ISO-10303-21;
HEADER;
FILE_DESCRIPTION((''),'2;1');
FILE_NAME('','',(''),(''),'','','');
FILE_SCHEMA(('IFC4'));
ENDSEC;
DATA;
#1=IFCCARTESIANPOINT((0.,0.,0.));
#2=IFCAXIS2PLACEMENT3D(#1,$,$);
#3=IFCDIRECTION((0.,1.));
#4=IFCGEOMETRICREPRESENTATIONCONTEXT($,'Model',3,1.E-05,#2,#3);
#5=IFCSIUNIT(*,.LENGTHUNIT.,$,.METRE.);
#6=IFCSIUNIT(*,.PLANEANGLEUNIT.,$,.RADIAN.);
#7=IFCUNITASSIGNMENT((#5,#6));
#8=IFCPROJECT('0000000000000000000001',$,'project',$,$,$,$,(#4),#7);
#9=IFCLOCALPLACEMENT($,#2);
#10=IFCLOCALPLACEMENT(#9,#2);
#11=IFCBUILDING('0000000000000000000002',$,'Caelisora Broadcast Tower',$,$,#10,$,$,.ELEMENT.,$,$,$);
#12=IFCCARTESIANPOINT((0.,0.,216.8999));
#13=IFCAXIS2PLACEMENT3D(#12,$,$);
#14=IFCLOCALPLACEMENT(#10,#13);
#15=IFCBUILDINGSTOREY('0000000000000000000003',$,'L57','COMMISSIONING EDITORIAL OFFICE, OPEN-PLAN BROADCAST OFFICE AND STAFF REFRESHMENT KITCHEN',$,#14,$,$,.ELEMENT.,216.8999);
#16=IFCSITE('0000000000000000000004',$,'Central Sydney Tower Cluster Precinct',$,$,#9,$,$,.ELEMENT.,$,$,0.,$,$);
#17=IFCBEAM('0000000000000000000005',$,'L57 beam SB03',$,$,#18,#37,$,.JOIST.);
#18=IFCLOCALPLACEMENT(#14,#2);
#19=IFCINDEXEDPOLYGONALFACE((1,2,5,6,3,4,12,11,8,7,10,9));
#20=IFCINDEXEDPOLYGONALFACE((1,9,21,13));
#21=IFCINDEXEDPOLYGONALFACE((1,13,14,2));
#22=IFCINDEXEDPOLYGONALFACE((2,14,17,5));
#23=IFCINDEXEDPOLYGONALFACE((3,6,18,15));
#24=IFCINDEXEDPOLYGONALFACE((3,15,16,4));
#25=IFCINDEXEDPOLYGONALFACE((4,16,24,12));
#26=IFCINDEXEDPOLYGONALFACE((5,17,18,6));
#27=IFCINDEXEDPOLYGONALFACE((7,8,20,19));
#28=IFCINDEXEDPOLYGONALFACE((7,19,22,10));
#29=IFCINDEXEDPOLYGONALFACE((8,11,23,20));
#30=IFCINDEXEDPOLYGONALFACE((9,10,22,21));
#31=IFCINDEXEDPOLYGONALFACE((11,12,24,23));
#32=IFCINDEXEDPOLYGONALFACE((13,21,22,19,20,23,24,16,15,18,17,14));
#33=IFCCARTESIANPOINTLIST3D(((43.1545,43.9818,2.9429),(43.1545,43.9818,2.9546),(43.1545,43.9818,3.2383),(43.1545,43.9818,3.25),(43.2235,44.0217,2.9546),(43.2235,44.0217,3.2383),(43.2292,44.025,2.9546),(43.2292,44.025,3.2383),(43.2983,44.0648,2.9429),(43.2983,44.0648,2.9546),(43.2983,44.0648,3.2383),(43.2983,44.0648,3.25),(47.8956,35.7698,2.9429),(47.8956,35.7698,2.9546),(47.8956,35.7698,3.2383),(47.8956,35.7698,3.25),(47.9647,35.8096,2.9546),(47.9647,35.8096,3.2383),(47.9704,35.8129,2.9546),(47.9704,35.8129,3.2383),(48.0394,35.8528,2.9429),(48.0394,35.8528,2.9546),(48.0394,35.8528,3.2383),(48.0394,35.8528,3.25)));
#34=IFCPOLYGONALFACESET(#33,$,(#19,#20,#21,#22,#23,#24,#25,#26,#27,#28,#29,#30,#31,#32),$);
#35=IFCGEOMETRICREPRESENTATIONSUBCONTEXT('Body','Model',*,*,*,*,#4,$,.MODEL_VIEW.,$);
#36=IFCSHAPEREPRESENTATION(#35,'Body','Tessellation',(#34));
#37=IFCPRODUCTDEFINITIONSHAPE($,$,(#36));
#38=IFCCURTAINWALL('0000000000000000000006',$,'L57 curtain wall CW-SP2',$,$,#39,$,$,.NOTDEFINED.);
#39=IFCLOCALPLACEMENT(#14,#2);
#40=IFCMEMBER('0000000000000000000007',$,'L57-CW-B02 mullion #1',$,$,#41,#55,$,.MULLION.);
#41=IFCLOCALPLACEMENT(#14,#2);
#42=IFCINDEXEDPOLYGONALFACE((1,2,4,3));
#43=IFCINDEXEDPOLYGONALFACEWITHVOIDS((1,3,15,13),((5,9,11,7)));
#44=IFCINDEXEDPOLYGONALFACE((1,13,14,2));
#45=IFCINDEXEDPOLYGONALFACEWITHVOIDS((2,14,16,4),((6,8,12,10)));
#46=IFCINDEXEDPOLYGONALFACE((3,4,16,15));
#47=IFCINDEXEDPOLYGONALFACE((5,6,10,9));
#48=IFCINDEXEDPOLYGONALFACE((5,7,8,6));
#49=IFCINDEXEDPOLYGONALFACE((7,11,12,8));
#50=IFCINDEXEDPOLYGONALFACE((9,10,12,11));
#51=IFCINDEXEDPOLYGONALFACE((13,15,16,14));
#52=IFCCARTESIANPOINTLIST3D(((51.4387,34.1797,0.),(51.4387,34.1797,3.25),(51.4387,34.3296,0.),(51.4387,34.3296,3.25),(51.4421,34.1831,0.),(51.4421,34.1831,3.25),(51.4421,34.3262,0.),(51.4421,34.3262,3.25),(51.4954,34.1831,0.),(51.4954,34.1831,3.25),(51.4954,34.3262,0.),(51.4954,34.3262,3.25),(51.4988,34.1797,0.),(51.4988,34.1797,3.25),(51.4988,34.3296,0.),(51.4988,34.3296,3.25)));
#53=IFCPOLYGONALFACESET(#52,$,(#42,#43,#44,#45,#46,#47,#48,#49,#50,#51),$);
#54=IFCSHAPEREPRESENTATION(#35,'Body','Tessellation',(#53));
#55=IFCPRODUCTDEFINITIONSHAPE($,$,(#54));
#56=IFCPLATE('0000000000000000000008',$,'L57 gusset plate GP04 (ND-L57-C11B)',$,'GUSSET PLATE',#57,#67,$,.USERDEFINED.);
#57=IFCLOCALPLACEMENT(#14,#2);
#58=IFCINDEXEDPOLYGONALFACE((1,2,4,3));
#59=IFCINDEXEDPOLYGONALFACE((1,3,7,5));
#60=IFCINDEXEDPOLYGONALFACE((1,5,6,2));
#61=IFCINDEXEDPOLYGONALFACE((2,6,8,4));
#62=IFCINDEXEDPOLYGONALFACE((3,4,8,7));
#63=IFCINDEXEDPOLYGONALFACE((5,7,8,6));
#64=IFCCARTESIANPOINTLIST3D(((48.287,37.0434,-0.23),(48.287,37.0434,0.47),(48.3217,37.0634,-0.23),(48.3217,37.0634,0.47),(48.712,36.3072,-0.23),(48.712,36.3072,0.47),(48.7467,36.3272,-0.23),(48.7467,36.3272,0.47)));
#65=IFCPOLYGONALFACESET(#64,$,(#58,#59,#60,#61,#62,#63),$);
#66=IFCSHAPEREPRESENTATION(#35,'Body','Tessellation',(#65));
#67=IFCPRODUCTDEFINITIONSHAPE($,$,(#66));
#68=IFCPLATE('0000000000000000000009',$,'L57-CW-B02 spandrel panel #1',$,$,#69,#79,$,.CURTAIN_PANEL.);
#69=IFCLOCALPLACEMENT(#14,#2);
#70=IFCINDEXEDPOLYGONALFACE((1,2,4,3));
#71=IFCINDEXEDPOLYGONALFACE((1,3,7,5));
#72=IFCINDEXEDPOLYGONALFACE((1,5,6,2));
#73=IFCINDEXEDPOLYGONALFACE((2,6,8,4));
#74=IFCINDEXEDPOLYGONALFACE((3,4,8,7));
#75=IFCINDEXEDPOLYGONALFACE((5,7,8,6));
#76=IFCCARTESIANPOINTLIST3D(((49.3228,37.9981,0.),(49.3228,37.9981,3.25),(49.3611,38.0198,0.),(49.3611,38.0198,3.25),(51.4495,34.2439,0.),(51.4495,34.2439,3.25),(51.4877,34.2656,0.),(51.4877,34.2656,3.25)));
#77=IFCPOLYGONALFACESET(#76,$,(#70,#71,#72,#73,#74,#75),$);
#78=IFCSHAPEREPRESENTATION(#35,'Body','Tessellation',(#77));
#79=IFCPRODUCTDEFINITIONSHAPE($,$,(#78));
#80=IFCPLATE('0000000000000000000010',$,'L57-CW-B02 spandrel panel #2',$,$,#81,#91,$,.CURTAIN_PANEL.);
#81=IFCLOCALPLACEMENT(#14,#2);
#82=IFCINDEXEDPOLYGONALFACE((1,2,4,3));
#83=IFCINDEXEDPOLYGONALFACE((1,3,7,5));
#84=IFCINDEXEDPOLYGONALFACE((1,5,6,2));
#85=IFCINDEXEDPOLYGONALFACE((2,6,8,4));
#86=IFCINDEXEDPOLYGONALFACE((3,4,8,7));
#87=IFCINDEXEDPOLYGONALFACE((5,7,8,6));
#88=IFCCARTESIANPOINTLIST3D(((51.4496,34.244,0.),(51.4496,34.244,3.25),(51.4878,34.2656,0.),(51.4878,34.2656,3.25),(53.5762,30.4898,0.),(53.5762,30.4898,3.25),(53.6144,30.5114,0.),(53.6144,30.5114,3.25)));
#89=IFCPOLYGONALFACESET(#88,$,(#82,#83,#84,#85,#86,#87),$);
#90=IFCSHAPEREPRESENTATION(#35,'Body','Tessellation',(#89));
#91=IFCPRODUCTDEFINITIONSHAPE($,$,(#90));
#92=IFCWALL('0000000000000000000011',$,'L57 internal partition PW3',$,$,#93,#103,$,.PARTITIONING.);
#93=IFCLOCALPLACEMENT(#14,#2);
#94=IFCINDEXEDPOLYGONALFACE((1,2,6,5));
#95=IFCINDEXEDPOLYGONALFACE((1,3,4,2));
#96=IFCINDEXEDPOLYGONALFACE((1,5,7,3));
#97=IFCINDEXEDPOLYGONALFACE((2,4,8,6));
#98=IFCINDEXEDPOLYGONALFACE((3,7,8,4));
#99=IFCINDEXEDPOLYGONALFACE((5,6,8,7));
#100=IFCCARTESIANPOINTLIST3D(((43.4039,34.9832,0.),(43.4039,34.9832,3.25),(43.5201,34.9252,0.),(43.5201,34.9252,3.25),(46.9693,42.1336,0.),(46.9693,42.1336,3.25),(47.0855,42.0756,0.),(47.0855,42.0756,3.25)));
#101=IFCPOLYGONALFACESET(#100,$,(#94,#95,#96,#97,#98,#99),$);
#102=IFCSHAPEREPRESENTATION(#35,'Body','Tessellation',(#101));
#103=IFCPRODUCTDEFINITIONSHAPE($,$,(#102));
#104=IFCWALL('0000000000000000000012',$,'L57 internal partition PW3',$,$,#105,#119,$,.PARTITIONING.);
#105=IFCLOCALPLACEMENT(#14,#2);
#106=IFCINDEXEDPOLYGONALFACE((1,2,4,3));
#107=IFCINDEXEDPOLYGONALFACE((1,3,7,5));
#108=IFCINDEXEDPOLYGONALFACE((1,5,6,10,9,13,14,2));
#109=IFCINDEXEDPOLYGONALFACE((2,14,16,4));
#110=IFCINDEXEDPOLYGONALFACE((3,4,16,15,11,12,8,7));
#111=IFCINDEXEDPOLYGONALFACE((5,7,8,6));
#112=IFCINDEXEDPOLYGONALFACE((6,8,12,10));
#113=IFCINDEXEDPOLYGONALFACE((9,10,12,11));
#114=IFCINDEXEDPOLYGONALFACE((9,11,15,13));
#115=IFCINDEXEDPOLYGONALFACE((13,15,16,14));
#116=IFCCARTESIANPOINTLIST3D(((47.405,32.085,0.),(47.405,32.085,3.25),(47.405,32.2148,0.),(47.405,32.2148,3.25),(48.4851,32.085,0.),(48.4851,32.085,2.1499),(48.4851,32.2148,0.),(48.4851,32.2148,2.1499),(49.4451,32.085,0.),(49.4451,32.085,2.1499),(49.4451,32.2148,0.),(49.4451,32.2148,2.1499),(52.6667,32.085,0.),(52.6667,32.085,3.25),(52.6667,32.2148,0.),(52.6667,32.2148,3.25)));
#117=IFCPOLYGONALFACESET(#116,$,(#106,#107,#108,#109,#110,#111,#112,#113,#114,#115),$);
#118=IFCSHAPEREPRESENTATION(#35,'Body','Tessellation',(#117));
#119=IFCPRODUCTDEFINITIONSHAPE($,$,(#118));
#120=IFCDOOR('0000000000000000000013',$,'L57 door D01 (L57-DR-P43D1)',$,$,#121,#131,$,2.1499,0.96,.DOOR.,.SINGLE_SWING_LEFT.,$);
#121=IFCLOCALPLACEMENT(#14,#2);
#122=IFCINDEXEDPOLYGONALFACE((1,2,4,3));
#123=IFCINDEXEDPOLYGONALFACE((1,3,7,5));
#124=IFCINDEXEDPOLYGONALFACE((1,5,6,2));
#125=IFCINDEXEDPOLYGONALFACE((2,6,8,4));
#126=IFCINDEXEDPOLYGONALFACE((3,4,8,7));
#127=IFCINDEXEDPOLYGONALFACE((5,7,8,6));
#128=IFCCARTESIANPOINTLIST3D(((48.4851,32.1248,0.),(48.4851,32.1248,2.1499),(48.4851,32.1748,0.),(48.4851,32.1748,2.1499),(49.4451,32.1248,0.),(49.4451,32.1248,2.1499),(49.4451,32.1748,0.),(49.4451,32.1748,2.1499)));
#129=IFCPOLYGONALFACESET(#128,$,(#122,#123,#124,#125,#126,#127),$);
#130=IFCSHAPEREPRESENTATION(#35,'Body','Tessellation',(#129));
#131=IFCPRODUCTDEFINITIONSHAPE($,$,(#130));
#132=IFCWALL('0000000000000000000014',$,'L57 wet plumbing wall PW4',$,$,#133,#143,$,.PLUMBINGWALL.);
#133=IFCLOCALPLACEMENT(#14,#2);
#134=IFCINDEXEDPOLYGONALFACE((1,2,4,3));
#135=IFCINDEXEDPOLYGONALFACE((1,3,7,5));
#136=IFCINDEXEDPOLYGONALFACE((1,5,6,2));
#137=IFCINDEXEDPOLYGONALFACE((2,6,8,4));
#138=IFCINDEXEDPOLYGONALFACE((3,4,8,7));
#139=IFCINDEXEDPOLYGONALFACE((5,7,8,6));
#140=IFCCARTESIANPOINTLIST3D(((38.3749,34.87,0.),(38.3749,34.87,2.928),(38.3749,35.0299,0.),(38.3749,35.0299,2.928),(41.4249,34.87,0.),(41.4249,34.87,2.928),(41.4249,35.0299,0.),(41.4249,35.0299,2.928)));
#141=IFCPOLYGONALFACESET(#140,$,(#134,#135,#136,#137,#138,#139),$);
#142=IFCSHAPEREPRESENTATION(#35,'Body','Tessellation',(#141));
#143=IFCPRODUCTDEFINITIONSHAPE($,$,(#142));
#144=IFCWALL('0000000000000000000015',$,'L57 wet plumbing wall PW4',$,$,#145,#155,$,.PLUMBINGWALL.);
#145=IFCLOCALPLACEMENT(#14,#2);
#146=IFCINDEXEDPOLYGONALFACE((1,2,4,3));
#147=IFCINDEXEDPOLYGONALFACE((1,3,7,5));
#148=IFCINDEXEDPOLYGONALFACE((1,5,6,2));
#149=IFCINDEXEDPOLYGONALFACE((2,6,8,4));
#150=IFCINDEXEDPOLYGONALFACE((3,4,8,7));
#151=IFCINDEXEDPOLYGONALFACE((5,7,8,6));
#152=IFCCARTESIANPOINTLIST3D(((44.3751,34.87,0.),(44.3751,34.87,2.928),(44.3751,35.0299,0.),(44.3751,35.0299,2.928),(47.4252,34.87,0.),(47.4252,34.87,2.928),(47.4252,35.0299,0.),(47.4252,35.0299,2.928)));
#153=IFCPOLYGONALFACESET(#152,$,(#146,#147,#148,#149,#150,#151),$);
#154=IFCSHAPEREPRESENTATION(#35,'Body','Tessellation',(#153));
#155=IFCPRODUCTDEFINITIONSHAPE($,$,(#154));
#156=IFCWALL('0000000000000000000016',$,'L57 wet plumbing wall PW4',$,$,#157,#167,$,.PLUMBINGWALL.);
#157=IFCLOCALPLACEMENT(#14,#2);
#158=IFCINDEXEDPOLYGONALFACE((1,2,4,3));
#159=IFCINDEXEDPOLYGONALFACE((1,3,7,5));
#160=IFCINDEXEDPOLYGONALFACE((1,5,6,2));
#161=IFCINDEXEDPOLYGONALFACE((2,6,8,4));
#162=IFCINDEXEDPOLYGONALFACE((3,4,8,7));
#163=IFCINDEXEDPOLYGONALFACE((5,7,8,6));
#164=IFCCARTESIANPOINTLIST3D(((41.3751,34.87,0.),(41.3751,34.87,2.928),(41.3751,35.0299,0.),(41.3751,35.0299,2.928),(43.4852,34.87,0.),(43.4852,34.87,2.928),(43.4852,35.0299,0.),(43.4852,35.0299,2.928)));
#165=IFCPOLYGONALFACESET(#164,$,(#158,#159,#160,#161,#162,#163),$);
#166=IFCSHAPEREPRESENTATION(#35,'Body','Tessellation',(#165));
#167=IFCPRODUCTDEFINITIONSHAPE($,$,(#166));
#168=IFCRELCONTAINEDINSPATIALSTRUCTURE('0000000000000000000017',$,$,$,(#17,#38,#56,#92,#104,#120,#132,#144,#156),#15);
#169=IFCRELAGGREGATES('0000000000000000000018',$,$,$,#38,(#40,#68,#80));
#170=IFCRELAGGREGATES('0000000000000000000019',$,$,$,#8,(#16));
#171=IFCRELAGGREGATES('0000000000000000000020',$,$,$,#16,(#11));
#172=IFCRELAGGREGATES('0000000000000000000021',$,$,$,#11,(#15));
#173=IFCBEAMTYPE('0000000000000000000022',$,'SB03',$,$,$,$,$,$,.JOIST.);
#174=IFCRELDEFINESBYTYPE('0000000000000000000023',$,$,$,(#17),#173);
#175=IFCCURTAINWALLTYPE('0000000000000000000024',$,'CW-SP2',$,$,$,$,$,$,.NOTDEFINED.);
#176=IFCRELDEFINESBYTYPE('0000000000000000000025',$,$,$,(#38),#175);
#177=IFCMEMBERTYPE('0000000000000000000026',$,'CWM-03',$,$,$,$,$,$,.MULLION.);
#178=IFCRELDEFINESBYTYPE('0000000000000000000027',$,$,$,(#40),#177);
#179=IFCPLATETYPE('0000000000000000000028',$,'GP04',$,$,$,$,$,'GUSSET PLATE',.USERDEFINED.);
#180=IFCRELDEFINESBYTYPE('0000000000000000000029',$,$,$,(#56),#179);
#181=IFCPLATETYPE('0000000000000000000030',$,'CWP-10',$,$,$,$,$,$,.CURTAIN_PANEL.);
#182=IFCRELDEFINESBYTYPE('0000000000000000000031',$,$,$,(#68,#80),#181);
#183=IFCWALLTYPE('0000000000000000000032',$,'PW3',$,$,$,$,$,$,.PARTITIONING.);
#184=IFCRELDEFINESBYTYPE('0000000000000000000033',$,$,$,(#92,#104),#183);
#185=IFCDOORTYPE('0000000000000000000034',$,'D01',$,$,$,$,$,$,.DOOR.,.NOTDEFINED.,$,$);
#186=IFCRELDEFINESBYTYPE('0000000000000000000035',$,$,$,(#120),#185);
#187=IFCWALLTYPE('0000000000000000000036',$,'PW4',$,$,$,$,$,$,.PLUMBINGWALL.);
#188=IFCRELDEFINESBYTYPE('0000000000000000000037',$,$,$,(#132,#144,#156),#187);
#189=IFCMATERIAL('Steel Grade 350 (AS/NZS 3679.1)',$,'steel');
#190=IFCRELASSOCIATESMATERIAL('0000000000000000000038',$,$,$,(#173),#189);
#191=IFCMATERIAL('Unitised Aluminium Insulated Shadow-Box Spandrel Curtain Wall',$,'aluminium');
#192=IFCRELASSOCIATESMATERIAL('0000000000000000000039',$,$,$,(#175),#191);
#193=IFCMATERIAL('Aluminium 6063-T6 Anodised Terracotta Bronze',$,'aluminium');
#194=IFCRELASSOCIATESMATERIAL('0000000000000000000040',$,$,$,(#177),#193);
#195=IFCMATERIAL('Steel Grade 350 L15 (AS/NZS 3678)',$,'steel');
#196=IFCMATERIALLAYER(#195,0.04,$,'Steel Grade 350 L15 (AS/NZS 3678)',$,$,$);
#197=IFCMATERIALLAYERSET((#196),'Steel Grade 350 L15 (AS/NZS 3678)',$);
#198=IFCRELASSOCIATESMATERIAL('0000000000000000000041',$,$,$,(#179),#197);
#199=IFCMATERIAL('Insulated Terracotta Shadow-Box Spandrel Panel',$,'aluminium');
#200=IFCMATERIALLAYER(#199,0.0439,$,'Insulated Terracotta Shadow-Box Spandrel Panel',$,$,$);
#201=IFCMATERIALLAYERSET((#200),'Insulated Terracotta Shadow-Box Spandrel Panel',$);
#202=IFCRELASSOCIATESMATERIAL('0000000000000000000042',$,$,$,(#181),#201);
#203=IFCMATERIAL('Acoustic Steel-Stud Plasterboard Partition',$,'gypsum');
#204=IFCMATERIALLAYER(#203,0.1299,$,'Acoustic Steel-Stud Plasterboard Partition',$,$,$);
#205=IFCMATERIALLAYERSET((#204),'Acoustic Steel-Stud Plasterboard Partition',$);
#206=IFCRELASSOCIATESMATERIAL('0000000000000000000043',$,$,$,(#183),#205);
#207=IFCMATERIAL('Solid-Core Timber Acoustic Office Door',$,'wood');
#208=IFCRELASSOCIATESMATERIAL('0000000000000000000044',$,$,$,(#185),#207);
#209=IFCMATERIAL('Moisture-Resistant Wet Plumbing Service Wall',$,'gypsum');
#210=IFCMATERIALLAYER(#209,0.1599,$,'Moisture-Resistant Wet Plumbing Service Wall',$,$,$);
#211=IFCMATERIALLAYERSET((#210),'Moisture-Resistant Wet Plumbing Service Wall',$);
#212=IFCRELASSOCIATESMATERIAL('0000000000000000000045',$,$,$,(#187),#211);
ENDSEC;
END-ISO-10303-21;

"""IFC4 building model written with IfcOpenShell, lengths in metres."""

from ifc_helpers import new_model, si_unit, direction, frame, frame_2d, origin, origin_2d, place, context, subcontext, project, spatial, rectangle, hollow_rectangle, i_section, extrude, source, transform, mapped, material, layer, layer_set, material_profile, profile_set, type_object, type_shapes, element, fill, aggregate, save


model = new_model("IFC4")

# Units and contexts
model_context = context("Model", 3, precision=1e-05, world=origin(), true_north=direction((0.0, 1.0)))
body_context = subcontext(model_context, "Body", "Model", "MODEL_VIEW")
ifc_project = project(units=[si_unit("LENGTHUNIT", "METRE"), si_unit("PLANEANGLEUNIT", "RADIAN")], contexts=[model_context])

# Site, building, storey
site_placement = place(None, origin())
site = spatial("IfcSite", under=ifc_project, at=site_placement, Name="Central Sydney Tower Cluster Precinct", CompositionType="ELEMENT", RefElevation=0.0)
building_placement = place(site_placement, origin())
building = spatial("IfcBuilding", under=site, at=building_placement, Name="Caelisora Broadcast Tower", CompositionType="ELEMENT")
storey_placement = place(building_placement, frame((0.0, 0.0, 216.8999)))
storey = spatial("IfcBuildingStorey", under=building, at=storey_placement, Name="L57", Description="COMMISSIONING EDITORIAL OFFICE, OPEN-PLAN BROADCAST OFFICE AND STAFF REFRESHMENT KITCHEN", CompositionType="ELEMENT", Elevation=216.8999)

# Shared definitions
ifc_material_1 = material(Name="Steel Grade 350 L15 (AS/NZS 3678)", Category="steel")

# Beam
ifc_material_2 = material(Name="Steel Grade 350 (AS/NZS 3679.1)", Category="steel")
ifc_material_profile_1 = material_profile(ifc_material_2, i_section(OverallWidth=0.166, OverallDepth=0.3071, WebThickness=0.0066, FlangeThickness=0.0117, at=origin_2d()), Name="Steel Grade 350 (AS/NZS 3679.1)")
ifc_profile_set_1 = profile_set([ifc_material_profile_1], Name="Steel Grade 350 (AS/NZS 3679.1)")
beam_type_1 = type_object("IfcBeamType", Name="SB03", PredefinedType="JOIST", material=ifc_profile_set_1)
shared_shape_1 = source(origin(), body_context, "Body", "SweptSolid", [
    extrude(i_section(OverallWidth=0.166, OverallDepth=0.3071, WebThickness=0.0066, FlangeThickness=0.0117, at=origin_2d()), origin(), (0.0, 0.0, 1.0), 9.4824),
])
beam_1_placement = place(storey_placement, frame((47.9675, 35.8113, 3.0964), z_axis=(-0.499994, 0.866029, 0.0), x_axis=(-0.866029, -0.499994, 0.0)))
element("IfcBeam", 1, at=beam_1_placement, inside=storey, type_object=beam_type_1, Name="L57 beam SB03", PredefinedType="JOIST", context=body_context, shape_type="MappedRepresentation", body=[
    mapped(shared_shape_1, transform((0.0, 0.0, 0.0), scale=1.0)),
])

# Curtain wall, member
ifc_material_3 = material(Name="Unitised Aluminium Insulated Shadow-Box Spandrel Curtain Wall", Category="aluminium")
curtain_wall_type = type_object("IfcCurtainWallType", Name="CW-SP2", PredefinedType="NOTDEFINED", material=ifc_material_3)
curtain_wall_placement = place(storey_placement, origin())
curtain_wall = element("IfcCurtainWall", 2, at=curtain_wall_placement, inside=storey, type_object=curtain_wall_type, Name="L57 curtain wall CW-SP2", PredefinedType="NOTDEFINED")
ifc_material_4 = material(Name="Aluminium 6063-T6 Anodised Terracotta Bronze", Category="aluminium")
ifc_material_profile_2 = material_profile(ifc_material_4, hollow_rectangle(XDim=0.0601, YDim=0.1499, WallThickness=0.0034, at=origin_2d()), Name="Aluminium 6063-T6 Anodised Terracotta Bronze")
ifc_profile_set_2 = profile_set([ifc_material_profile_2], Name="Aluminium 6063-T6 Anodised Terracotta Bronze")
member_type = type_object("IfcMemberType", Name="CWM-03", PredefinedType="MULLION", material=ifc_profile_set_2)
shared_shape_2 = source(origin(), body_context, "Body", "SweptSolid", [
    extrude(hollow_rectangle(XDim=0.0601, YDim=0.1499, WallThickness=0.0034, at=origin_2d()), origin(), (0.0, 0.0, 1.0), 3.25),
])
type_shapes(member_type, [shared_shape_2])
member_placement = place(storey_placement, frame((51.4688, 34.2546, 0.0), z_axis=(0.0, 0.0, 1.0), x_axis=(1.0, 0.0, 0.0)))
member = element("IfcMember", 3, at=member_placement, type_object=member_type, Name="L57-CW-B02 mullion #1", PredefinedType="MULLION", context=body_context, shape_type="MappedRepresentation", body=[
    mapped(shared_shape_2, transform((0.0, 0.0, 0.0), scale=1.0)),
])

# Plates
ifc_layer_1 = layer(ifc_material_1, 0.04, Name="Steel Grade 350 L15 (AS/NZS 3678)")
ifc_layer_set_1 = layer_set([ifc_layer_1], Name="Steel Grade 350 L15 (AS/NZS 3678)")
plate_type_1 = type_object("IfcPlateType", Name="GP04", ElementType="GUSSET PLATE", PredefinedType="USERDEFINED", material=ifc_layer_set_1)
shared_shape_3 = source(origin(), body_context, "Body", "SweptSolid", [
    extrude(rectangle(XDim=0.8501, YDim=0.04, at=origin_2d()), origin(), (0.0, 0.0, 1.0), 0.7),
])
type_shapes(plate_type_1, [shared_shape_3])
plate_1_placement = place(storey_placement, frame((48.5168, 36.6853, -0.23), z_axis=(0.0, 0.0, 1.0), x_axis=(-0.5, 0.866025, 0.0)))
element("IfcPlate", 4, at=plate_1_placement, inside=storey, type_object=plate_type_1, Name="L57 gusset plate GP04 (ND-L57-C11B)", ObjectType="GUSSET PLATE", PredefinedType="USERDEFINED", context=body_context, shape_type="MappedRepresentation", body=[
    mapped(shared_shape_3, transform((0.0, 0.0, 0.0), scale=1.0)),
])
ifc_material_5 = material(Name="Insulated Terracotta Shadow-Box Spandrel Panel", Category="aluminium")
ifc_layer_2 = layer(ifc_material_5, 0.0439, Name="Insulated Terracotta Shadow-Box Spandrel Panel")
ifc_layer_set_2 = layer_set([ifc_layer_2], Name="Insulated Terracotta Shadow-Box Spandrel Panel")
plate_type_2 = type_object("IfcPlateType", Name="CWP-10", PredefinedType="CURTAIN_PANEL", material=ifc_layer_set_2)
shared_shape_4 = source(origin(), body_context, "Body", "SweptSolid", [
    extrude(rectangle(XDim=4.3147, YDim=0.0439, at=origin_2d()), origin(), (0.0, 0.0, 1.0), 3.25),
])
type_shapes(plate_type_2, [shared_shape_4])
plate_2_placement = place(storey_placement, frame((50.4053, 36.1318, 0.0), z_axis=(0.0, 0.0, 1.0), x_axis=(0.492879, -0.870098, 0.0)))
plate_2 = element("IfcPlate", 5, at=plate_2_placement, type_object=plate_type_2, Name="L57-CW-B02 spandrel panel #1", PredefinedType="CURTAIN_PANEL", context=body_context, shape_type="MappedRepresentation", body=[
    mapped(shared_shape_4, transform((0.0, 0.0, 0.0), scale=1.0)),
])
plate_3_placement = place(storey_placement, frame((52.532, 32.3777, 0.0), z_axis=(0.0, 0.0, 1.0), x_axis=(0.492879, -0.870098, 0.0)))
plate_3 = element("IfcPlate", 6, at=plate_3_placement, type_object=plate_type_2, Name="L57-CW-B02 spandrel panel #2", PredefinedType="CURTAIN_PANEL", context=body_context, shape_type="MappedRepresentation", body=[
    mapped(shared_shape_4, transform((0.0, 0.0, 0.0), scale=1.0)),
])
aggregate(curtain_wall, [member, plate_2, plate_3])

# Wall
ifc_material_6 = material(Name="Acoustic Steel-Stud Plasterboard Partition", Category="gypsum")
ifc_layer_3 = layer(ifc_material_6, 0.1299, Name="Acoustic Steel-Stud Plasterboard Partition")
ifc_layer_set_3 = layer_set([ifc_layer_3], Name="Acoustic Steel-Stud Plasterboard Partition")
wall_type_1 = type_object("IfcWallType", Name="PW3", PredefinedType="PARTITIONING", material=ifc_layer_set_3)
wall_1_placement = place(storey_placement, frame((43.4619, 34.9541, 0.0), z_axis=(0.0, 0.0, 1.0), x_axis=(0.446236, 0.894916, 0.0)))
element("IfcWall", 7, at=wall_1_placement, inside=storey, type_object=wall_type_1, Name="L57 internal partition PW3", PredefinedType="PARTITIONING", context=body_context, shape_type="SweptSolid", body=[
    extrude(rectangle(XDim=7.99, YDim=0.1299, at=frame_2d((3.9951, 0.0))), origin(), (0.0, 0.0, 1.0), 3.25),
])

# Wall, opening, door
wall_2_placement = place(storey_placement, frame((47.405, 32.1499, 0.0), z_axis=(0.0, 0.0, 1.0), x_axis=(1.0, 0.0, 0.0)))
wall_2 = element("IfcWall", 8, at=wall_2_placement, inside=storey, type_object=wall_type_1, Name="L57 internal partition PW3", PredefinedType="PARTITIONING", context=body_context, shape_type="SweptSolid", body=[
    extrude(rectangle(XDim=5.2617, YDim=0.1299, at=frame_2d((2.6309, 0.0))), origin(), (0.0, 0.0, 1.0), 3.25),
])
opening_placement = place(wall_2_placement, frame((1.0801, 0.0, 0.0)))
opening = element("IfcOpeningElement", 9, at=opening_placement, cuts=wall_2, PredefinedType="OPENING", context=body_context, shape_type="SweptSolid", body=[
    extrude(rectangle(XDim=0.96, YDim=2.1499, at=frame_2d((0.48, 1.075))), frame((0.0, 0.0769, 0.0), z_axis=(0.0, -1.0, 0.0), x_axis=(1.0, 0.0, 0.0)), (0.0, 0.0, 1.0), 0.1538),
])
ifc_material_7 = material(Name="Solid-Core Timber Acoustic Office Door", Category="wood")
door_type = type_object("IfcDoorType", Name="D01", OperationType="NOTDEFINED", PredefinedType="DOOR", material=ifc_material_7)
door_placement = place(opening_placement, origin())
door = element("IfcDoor", 10, at=door_placement, inside=storey, type_object=door_type, Name="L57 door D01 (L57-DR-P43D1)", OperationType="SINGLE_SWING_LEFT", OverallHeight=2.1499, OverallWidth=0.96, PredefinedType="DOOR", context=body_context, shape_type="SweptSolid", body=[
    extrude(rectangle(XDim=0.96, YDim=2.1499, at=frame_2d((0.48, 1.075))), frame((0.0, 0.0249, 0.0), z_axis=(0.0, -1.0, 0.0), x_axis=(1.0, 0.0, 0.0)), (0.0, 0.0, 1.0), 0.05),
])
fill(opening, door)

# Walls
ifc_material_8 = material(Name="Moisture-Resistant Wet Plumbing Service Wall", Category="gypsum")
ifc_layer_4 = layer(ifc_material_8, 0.1599, Name="Moisture-Resistant Wet Plumbing Service Wall")
ifc_layer_set_4 = layer_set([ifc_layer_4], Name="Moisture-Resistant Wet Plumbing Service Wall")
wall_type_2 = type_object("IfcWallType", Name="PW4", PredefinedType="PLUMBINGWALL", material=ifc_layer_set_4)
for number, where, z_axis, x_axis, name in (
    (11, (38.375, 34.95, 0.0), (0.0, 0.0, 1.0), (1.0, 0.0, 0.0), "L57 wet plumbing wall PW4"),
    (12, (47.425, 34.95, 0.0), (0.0, 0.0, 1.0), (-1.0, 0.0, 0.0), "L57 wet plumbing wall PW4"),
):
    element("IfcWall", number, at=place(storey_placement, frame(where, z_axis=z_axis, x_axis=x_axis)), inside=storey, type_object=wall_type_2, Name=name, PredefinedType="PLUMBINGWALL", context=body_context, shape_type="SweptSolid", body=[
        extrude(rectangle(XDim=3.05, YDim=0.1599, at=frame_2d((1.5249, 0.0))), origin(), (0.0, 0.0, 1.0), 2.928),
    ])
wall_3_placement = place(storey_placement, frame((41.375, 34.95, 0.0), z_axis=(0.0, 0.0, 1.0), x_axis=(1.0, 0.0, 0.0)))
element("IfcWall", 13, at=wall_3_placement, inside=storey, type_object=wall_type_2, Name="L57 wet plumbing wall PW4", PredefinedType="PLUMBINGWALL", context=body_context, shape_type="SweptSolid", body=[
    extrude(rectangle(XDim=2.1101, YDim=0.1599, at=frame_2d((1.0552, 0.0))), origin(), (0.0, 0.0, 1.0), 2.928),
])

save(model, "model.ifc")
